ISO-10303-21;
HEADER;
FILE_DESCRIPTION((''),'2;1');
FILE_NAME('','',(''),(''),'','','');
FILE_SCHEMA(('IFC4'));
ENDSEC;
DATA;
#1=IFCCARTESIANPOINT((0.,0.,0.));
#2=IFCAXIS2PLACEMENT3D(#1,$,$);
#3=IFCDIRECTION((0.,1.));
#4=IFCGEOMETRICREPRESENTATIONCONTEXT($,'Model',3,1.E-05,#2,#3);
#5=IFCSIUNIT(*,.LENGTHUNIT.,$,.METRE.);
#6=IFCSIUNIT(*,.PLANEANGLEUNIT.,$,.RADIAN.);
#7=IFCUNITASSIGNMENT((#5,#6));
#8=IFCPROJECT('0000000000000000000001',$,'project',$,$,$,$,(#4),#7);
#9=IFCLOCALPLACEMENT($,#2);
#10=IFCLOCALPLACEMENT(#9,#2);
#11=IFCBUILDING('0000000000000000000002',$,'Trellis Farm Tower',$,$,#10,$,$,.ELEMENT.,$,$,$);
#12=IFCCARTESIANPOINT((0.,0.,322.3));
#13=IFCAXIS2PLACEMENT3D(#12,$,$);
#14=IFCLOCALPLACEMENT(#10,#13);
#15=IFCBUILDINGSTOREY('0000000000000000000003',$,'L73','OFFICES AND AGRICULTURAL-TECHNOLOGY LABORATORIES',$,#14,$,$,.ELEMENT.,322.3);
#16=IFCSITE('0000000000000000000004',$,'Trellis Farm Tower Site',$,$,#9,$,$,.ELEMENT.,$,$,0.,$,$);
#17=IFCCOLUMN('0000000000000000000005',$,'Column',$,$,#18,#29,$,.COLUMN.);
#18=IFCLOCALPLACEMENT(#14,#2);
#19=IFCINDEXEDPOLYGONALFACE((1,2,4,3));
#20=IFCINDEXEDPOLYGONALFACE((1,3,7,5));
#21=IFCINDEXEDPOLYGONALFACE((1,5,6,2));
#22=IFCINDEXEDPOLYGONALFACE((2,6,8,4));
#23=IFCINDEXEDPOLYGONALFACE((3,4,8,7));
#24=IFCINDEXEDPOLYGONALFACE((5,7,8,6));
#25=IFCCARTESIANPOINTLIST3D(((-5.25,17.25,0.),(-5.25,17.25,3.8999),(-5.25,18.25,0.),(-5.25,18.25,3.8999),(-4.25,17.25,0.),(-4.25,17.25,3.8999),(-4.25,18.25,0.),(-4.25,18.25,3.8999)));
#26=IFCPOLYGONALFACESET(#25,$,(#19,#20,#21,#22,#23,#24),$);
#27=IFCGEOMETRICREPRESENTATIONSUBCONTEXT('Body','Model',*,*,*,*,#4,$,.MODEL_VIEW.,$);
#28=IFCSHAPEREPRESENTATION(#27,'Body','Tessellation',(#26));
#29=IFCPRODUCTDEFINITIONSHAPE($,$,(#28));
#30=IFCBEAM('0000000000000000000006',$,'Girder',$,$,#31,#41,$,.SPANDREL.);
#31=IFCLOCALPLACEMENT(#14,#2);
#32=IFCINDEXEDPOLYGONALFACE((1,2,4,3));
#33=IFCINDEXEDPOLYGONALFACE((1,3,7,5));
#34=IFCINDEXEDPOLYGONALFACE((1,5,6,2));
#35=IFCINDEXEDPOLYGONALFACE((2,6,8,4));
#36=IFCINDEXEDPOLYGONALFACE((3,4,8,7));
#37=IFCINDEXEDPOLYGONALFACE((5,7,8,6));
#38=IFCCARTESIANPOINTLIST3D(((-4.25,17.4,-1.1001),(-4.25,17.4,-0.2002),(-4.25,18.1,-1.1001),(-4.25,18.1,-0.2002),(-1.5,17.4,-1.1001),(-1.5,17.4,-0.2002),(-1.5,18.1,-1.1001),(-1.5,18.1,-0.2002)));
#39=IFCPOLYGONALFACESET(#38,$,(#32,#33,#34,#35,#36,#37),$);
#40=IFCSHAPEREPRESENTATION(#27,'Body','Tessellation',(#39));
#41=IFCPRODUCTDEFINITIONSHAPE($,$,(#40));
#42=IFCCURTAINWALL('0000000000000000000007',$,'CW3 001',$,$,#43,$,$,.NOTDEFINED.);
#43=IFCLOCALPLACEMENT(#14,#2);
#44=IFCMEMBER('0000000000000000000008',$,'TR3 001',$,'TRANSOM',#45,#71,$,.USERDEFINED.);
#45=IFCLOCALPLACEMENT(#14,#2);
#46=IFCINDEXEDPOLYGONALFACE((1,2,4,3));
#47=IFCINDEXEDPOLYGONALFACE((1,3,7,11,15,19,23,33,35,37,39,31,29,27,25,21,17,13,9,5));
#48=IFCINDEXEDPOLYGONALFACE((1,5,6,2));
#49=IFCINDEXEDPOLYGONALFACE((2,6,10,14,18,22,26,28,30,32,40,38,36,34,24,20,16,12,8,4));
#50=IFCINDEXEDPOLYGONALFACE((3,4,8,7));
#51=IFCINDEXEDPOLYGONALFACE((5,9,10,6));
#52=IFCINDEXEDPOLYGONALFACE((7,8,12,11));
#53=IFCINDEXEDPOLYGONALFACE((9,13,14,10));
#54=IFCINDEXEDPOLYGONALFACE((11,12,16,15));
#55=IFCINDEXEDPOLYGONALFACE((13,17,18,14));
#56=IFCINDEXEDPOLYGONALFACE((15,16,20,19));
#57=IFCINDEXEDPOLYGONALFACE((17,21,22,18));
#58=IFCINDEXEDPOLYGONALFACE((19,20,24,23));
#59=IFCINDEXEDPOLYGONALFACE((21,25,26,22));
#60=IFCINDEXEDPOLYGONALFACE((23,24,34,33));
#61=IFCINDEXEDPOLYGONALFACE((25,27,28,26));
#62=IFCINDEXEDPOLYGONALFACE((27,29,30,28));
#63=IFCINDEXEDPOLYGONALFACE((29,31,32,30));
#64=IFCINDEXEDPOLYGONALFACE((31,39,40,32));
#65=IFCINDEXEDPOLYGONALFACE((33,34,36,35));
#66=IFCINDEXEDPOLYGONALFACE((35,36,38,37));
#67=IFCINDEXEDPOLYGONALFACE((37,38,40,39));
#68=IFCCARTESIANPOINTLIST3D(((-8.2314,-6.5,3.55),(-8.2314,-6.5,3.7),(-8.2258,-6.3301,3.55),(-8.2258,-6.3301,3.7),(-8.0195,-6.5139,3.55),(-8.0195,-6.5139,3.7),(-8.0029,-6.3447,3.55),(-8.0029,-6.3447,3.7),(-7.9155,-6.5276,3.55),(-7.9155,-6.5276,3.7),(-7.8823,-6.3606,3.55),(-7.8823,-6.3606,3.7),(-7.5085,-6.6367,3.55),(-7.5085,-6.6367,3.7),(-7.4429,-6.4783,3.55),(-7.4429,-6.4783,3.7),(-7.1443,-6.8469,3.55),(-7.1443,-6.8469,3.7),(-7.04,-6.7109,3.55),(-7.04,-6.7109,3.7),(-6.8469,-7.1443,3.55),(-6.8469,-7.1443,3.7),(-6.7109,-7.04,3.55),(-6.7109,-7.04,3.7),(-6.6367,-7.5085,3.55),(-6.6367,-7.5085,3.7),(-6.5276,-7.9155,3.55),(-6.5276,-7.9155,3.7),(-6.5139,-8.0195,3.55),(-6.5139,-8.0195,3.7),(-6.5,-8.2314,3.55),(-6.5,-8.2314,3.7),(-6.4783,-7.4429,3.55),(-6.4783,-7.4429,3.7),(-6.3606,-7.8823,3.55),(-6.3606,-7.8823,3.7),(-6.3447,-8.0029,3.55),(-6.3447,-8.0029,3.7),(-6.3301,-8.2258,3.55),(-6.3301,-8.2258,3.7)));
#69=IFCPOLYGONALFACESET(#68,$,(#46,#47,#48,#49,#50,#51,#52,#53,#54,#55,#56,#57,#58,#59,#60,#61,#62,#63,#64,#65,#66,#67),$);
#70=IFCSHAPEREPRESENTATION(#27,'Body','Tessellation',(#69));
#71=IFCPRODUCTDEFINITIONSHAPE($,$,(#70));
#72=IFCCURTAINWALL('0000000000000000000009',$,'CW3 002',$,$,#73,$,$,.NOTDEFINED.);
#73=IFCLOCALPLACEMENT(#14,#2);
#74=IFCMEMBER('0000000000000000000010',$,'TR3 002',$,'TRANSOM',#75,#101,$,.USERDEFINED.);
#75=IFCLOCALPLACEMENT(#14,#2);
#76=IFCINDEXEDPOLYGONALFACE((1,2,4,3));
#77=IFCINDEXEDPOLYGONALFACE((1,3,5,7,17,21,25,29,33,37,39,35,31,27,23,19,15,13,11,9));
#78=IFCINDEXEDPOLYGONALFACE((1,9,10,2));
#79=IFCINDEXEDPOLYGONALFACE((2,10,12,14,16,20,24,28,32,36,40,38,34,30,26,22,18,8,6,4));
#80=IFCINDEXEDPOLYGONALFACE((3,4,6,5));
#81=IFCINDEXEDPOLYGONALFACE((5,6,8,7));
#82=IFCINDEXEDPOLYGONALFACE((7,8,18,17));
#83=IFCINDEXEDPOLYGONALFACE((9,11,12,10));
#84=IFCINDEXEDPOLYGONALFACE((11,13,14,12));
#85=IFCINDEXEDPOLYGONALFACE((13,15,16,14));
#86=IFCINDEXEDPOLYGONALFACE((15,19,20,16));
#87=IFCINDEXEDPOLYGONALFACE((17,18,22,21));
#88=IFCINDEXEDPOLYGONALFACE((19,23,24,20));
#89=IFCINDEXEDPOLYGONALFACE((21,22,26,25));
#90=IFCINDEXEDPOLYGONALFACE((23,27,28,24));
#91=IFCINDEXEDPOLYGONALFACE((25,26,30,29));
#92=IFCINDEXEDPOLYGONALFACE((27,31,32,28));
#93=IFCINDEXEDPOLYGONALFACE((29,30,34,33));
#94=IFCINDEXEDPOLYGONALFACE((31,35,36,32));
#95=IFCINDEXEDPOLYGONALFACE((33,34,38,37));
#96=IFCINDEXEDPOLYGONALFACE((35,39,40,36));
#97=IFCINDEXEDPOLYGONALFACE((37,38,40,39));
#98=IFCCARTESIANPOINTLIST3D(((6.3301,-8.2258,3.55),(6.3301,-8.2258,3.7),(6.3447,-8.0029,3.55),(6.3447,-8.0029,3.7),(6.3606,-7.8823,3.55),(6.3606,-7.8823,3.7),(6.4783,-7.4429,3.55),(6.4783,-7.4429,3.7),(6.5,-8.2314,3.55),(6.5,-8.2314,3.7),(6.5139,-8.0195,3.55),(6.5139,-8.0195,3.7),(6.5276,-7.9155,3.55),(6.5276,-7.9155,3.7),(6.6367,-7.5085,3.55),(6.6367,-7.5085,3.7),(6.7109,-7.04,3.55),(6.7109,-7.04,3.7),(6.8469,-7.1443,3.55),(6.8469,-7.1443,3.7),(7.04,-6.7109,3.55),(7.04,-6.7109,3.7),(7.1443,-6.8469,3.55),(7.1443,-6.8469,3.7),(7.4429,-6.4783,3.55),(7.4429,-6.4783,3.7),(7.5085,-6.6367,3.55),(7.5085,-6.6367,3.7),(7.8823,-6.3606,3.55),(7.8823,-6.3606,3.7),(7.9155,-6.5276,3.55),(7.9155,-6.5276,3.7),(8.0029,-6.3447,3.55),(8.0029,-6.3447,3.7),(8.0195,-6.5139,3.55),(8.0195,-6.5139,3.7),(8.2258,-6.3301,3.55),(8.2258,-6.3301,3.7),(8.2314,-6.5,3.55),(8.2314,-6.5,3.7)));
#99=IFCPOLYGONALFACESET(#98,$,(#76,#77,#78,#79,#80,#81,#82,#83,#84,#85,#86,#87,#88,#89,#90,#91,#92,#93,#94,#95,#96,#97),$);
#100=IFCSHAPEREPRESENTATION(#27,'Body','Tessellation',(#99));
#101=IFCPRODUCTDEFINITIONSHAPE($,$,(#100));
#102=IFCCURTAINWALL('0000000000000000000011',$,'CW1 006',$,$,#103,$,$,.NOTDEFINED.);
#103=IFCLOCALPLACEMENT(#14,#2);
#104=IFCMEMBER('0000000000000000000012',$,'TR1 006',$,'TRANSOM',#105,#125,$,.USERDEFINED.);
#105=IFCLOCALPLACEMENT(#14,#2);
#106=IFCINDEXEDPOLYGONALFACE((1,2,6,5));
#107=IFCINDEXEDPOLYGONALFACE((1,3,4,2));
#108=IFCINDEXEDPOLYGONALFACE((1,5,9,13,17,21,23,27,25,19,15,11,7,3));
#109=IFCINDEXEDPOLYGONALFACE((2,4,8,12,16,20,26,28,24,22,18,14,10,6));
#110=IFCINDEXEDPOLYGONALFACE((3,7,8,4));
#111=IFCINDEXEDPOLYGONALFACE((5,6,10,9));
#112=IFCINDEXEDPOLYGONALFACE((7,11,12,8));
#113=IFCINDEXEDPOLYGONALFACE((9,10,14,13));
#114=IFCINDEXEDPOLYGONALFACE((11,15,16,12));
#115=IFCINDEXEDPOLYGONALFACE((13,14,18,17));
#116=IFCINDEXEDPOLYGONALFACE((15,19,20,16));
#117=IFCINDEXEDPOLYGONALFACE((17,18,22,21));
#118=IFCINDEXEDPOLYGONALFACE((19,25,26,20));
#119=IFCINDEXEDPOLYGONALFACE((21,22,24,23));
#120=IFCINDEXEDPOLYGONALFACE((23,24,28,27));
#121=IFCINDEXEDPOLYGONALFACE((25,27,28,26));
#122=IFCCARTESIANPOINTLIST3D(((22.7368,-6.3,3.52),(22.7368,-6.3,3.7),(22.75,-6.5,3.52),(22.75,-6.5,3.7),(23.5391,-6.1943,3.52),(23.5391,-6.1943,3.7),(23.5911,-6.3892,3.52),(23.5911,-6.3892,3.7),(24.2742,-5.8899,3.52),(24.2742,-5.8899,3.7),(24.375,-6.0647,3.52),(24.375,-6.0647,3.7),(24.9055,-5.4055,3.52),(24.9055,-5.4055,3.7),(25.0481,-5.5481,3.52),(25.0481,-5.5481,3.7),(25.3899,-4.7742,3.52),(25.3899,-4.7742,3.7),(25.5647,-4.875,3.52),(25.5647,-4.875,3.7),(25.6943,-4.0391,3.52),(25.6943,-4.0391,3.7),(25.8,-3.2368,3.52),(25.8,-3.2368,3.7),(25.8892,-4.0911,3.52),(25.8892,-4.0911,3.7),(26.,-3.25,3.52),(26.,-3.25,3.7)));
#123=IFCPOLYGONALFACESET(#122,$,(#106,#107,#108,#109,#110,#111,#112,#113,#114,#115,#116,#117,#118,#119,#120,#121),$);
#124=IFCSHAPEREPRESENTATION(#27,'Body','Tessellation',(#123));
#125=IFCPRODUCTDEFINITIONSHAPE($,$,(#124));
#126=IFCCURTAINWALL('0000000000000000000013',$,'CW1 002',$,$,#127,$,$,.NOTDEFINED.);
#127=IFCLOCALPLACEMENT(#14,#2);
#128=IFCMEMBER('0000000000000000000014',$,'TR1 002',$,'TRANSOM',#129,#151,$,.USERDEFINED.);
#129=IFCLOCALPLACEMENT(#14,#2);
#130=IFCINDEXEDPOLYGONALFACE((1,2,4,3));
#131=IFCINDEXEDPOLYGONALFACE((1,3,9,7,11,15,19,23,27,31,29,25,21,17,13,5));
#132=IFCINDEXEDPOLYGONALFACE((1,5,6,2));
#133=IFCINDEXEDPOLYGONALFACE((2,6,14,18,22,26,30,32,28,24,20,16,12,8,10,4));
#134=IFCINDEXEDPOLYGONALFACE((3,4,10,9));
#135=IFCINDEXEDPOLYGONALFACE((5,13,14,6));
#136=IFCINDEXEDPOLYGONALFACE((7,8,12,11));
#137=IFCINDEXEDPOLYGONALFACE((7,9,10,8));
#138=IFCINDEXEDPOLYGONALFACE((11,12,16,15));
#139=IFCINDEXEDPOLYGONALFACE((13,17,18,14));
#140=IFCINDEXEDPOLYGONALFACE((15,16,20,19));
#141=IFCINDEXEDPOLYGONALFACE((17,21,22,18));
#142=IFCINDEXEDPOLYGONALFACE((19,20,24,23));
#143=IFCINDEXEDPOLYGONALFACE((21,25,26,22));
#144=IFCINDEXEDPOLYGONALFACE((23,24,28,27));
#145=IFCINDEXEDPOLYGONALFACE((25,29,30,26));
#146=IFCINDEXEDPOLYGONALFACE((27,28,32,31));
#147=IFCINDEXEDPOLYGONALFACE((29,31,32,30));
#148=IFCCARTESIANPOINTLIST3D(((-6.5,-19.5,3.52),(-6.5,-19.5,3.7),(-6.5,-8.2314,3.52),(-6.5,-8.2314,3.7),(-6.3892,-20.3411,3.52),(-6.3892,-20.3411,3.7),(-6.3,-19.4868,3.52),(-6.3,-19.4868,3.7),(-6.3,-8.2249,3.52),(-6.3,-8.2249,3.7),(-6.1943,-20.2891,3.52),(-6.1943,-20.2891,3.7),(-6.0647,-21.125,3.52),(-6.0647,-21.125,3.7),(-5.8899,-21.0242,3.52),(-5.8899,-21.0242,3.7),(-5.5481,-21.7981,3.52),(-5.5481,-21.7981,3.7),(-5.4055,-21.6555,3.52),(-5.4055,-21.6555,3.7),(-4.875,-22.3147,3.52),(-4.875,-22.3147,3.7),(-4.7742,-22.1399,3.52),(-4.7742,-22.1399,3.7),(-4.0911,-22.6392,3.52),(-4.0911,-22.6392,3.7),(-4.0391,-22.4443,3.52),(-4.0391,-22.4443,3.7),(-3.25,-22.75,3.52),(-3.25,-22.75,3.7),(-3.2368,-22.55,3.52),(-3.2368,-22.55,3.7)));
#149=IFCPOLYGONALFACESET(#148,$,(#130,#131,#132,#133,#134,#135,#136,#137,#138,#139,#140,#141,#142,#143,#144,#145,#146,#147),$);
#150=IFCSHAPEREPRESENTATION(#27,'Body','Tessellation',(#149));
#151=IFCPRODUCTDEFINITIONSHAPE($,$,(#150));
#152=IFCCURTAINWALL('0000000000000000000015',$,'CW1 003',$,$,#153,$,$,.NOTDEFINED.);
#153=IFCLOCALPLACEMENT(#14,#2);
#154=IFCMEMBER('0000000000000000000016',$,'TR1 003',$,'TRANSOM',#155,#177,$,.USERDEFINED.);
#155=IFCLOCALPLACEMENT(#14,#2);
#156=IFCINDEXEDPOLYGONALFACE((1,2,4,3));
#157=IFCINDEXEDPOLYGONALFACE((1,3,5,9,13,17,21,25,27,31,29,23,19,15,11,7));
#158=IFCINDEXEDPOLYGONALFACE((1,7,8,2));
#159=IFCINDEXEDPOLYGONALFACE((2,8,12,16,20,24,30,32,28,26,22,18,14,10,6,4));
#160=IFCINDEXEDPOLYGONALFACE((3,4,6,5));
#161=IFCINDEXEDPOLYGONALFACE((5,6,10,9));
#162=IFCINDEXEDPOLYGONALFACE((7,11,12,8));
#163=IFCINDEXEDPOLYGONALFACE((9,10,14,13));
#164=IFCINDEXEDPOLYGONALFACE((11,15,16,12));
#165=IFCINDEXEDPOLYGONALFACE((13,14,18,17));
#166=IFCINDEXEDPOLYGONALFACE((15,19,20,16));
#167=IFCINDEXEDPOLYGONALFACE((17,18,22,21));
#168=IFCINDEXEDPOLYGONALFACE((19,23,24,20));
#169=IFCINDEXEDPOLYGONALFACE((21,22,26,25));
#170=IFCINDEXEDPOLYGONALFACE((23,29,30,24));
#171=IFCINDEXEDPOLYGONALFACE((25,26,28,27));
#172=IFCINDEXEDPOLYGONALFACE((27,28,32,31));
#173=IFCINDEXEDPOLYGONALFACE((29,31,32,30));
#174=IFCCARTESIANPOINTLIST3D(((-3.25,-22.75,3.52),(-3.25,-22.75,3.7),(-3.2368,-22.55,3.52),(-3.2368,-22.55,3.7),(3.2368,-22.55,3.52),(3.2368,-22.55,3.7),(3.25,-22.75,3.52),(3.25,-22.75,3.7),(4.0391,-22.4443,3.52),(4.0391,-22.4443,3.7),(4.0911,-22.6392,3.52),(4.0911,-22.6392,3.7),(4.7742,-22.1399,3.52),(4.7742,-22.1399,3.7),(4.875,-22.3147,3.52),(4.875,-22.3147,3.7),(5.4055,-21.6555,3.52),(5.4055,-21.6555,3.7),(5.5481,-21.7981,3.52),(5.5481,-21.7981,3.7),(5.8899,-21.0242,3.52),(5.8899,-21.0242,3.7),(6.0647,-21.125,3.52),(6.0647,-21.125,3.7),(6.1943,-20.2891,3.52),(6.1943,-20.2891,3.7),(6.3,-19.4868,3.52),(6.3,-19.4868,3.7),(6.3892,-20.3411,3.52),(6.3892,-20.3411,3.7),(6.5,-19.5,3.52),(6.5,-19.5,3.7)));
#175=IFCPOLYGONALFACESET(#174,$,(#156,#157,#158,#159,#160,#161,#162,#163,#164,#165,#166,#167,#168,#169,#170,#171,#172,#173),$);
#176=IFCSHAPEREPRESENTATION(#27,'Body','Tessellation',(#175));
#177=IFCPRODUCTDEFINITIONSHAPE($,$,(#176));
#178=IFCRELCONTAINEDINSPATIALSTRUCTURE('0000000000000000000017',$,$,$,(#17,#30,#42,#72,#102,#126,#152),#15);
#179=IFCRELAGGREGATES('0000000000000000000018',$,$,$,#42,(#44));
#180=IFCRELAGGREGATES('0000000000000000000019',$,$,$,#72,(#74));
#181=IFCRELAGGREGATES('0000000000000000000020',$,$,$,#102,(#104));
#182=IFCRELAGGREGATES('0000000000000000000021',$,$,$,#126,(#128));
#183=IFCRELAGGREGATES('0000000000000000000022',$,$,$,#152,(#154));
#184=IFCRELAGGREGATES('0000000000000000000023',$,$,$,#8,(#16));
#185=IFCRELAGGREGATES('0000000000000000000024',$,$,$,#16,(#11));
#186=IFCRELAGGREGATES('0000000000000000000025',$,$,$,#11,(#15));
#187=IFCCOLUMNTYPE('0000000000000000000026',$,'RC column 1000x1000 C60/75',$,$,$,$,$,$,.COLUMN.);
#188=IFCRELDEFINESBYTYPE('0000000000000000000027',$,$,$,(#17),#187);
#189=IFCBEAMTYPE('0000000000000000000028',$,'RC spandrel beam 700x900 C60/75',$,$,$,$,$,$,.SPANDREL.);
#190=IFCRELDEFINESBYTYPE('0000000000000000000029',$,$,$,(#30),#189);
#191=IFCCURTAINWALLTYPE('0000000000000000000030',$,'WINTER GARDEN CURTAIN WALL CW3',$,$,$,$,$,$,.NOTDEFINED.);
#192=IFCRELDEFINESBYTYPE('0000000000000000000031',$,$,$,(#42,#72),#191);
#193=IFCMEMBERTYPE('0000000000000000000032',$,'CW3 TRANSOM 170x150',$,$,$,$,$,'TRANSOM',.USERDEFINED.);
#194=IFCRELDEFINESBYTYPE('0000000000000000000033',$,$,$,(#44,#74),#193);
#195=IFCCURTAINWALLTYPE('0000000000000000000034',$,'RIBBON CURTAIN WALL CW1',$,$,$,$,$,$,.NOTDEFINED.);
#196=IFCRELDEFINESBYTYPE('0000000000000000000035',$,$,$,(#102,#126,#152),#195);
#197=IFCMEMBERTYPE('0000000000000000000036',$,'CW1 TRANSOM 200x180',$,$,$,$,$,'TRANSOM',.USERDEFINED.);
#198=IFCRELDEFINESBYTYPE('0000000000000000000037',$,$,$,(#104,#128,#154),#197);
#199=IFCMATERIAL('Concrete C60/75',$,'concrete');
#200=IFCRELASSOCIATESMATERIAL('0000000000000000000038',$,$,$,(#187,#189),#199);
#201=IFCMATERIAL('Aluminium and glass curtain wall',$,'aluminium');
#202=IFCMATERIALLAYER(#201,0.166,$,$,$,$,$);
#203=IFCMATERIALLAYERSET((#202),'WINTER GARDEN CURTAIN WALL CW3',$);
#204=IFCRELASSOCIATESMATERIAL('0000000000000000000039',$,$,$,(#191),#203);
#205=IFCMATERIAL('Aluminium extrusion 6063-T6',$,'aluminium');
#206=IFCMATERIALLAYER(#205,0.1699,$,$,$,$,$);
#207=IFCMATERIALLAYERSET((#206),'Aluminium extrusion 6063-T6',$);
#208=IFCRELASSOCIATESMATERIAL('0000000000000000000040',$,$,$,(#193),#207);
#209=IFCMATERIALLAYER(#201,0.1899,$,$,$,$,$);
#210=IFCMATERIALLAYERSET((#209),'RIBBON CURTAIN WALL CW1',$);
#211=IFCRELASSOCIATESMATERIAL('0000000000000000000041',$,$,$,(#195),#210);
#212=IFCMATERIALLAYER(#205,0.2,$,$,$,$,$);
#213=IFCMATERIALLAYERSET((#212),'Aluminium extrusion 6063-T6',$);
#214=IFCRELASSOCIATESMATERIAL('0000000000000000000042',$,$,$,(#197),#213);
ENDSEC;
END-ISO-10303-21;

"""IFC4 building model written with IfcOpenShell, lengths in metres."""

from ifc_helpers import new_model, si_unit, direction, frame, origin, origin_2d, place, context, subcontext, project, spatial, polyline, rectangle, outline, extrude, source, transform, mapped, material, layer, layer_set, material_profile, profile_set, type_object, element, aggregate, save


model = new_model("IFC4")

# Units and contexts
model_context = context("Model", 3, precision=1e-05, world=origin(), true_north=direction((0.0, 1.0)))
body_context = subcontext(model_context, "Body", "Model", "MODEL_VIEW")
ifc_project = project(units=[si_unit("LENGTHUNIT", "METRE"), si_unit("PLANEANGLEUNIT", "RADIAN")], contexts=[model_context])

# Site, building, storey
site_placement = place(None, origin())
site = spatial("IfcSite", under=ifc_project, at=site_placement, Name="Trellis Farm Tower Site", CompositionType="ELEMENT", RefElevation=0.0)
building_placement = place(site_placement, origin())
building = spatial("IfcBuilding", under=site, at=building_placement, Name="Trellis Farm Tower", CompositionType="ELEMENT")
storey_placement = place(building_placement, frame((0.0, 0.0, 322.3)))
storey = spatial("IfcBuildingStorey", under=building, at=storey_placement, Name="L73", Description="OFFICES AND AGRICULTURAL-TECHNOLOGY LABORATORIES", CompositionType="ELEMENT", Elevation=322.3)

# Column
ifc_material_1 = material(Name="Concrete C60/75", Category="concrete")
ifc_material_profile_1 = material_profile(ifc_material_1, rectangle(XDim=1.0, YDim=1.0, at=origin_2d()), Name="RC column 1000x1000 C60/75")
ifc_profile_set_1 = profile_set([ifc_material_profile_1], Name="Concrete C60/75")
column_type = type_object("IfcColumnType", Name="RC column 1000x1000 C60/75", PredefinedType="COLUMN", material=ifc_profile_set_1)
shared_shape_1 = source(origin(), body_context, "Body", "SweptSolid", [
    extrude(rectangle(XDim=1.0, YDim=1.0, at=origin_2d()), origin(), (0.0, 0.0, 1.0), 3.8999),
])
column_placement = place(storey_placement, frame((-4.75, 17.75, 0.0), z_axis=(0.0, 0.0, 1.0), x_axis=(1.0, 0.0, 0.0)))
element("IfcColumn", 1, at=column_placement, inside=storey, type_object=column_type, Name="Column", PredefinedType="COLUMN", context=body_context, shape_type="MappedRepresentation", body=[
    mapped(shared_shape_1, transform((0.0, 0.0, 0.0))),
])

# Beam
ifc_material_profile_2 = material_profile(ifc_material_1, rectangle(XDim=0.7, YDim=0.8999, at=origin_2d()), Name="RC spandrel beam 700x900 C60/75")
ifc_profile_set_2 = profile_set([ifc_material_profile_2], Name="Concrete C60/75")
beam_type = type_object("IfcBeamType", Name="RC spandrel beam 700x900 C60/75", PredefinedType="SPANDREL", material=ifc_profile_set_2)
shared_shape_2 = source(origin(), body_context, "Body", "SweptSolid", [
    extrude(rectangle(XDim=0.7, YDim=0.8999, at=origin_2d()), origin(), (0.0, 0.0, 1.0), 2.75),
])
beam_placement = place(storey_placement, frame((-4.25, 17.75, -0.6501), z_axis=(1.0, 0.0, 0.0), x_axis=(0.0, 1.0, 0.0)))
element("IfcBeam", 2, at=beam_placement, inside=storey, type_object=beam_type, Name="Girder", PredefinedType="SPANDREL", context=body_context, shape_type="MappedRepresentation", body=[
    mapped(shared_shape_2, transform((0.0, 0.0, 0.0))),
])

# Curtain walls, members
ifc_material_2 = material(Name="Aluminium and glass curtain wall", Category="aluminium")
ifc_layer_1 = layer(ifc_material_2, 0.166)
ifc_layer_set_1 = layer_set([ifc_layer_1], Name="WINTER GARDEN CURTAIN WALL CW3")
curtain_wall_type_1 = type_object("IfcCurtainWallType", Name="WINTER GARDEN CURTAIN WALL CW3", PredefinedType="NOTDEFINED", material=ifc_layer_set_1)
placement_1 = place(storey_placement, origin())
curtain_wall_1 = element("IfcCurtainWall", 3, at=placement_1, inside=storey, type_object=curtain_wall_type_1, Name="CW3 001", PredefinedType="NOTDEFINED")
ifc_material_3 = material(Name="Aluminium extrusion 6063-T6", Category="aluminium")
ifc_layer_2 = layer(ifc_material_3, 0.1699)
ifc_layer_set_2 = layer_set([ifc_layer_2], Name="Aluminium extrusion 6063-T6")
member_type_1 = type_object("IfcMemberType", Name="CW3 TRANSOM 170x150", ElementType="TRANSOM", PredefinedType="USERDEFINED", material=ifc_layer_set_2)
shared_shape_3 = source(origin(), body_context, "Body", "SweptSolid", [
    extrude(outline(polyline([(-8.2314, -6.5), (-8.0195, -6.5139), (-7.9155, -6.5276), (-7.5085, -6.6367), (-7.1443, -6.8469), (-6.8469, -7.1443), (-6.6367, -7.5085), (-6.5276, -7.9155), (-6.5139, -8.0195), (-6.5, -8.2314), (-6.3301, -8.2258), (-6.3447, -8.0029), (-6.3606, -7.8823), (-6.4783, -7.4429), (-6.7109, -7.04), (-7.04, -6.7109), (-7.4429, -6.4783), (-7.8823, -6.3606), (-8.0029, -6.3447), (-8.2258, -6.3301), (-8.2314, -6.5)])), origin(), (0.0, 0.0, 1.0), 0.1499),
])
placement_2 = place(storey_placement, frame((0.0, 0.0, 3.55)))
member_1 = element("IfcMember", 4, at=placement_2, type_object=member_type_1, Name="TR3 001", ObjectType="TRANSOM", PredefinedType="USERDEFINED", context=body_context, shape_type="MappedRepresentation", body=[
    mapped(shared_shape_3, transform((0.0, 0.0, 0.0))),
])
aggregate(curtain_wall_1, [member_1])
curtain_wall_2 = element("IfcCurtainWall", 5, at=placement_1, inside=storey, type_object=curtain_wall_type_1, Name="CW3 002", PredefinedType="NOTDEFINED")
shared_shape_4 = source(origin(), body_context, "Body", "SweptSolid", [
    extrude(outline(polyline([(6.5, -8.2314), (6.5139, -8.0195), (6.5276, -7.9155), (6.6367, -7.5085), (6.8469, -7.1443), (7.1443, -6.8469), (7.5085, -6.6367), (7.9155, -6.5276), (8.0195, -6.5139), (8.2314, -6.5), (8.2258, -6.3301), (8.0029, -6.3447), (7.8823, -6.3606), (7.4429, -6.4783), (7.04, -6.7109), (6.7109, -7.04), (6.4783, -7.4429), (6.3606, -7.8823), (6.3447, -8.0029), (6.3301, -8.2258), (6.5, -8.2314)])), origin(), (0.0, 0.0, 1.0), 0.1499),
])
member_2 = element("IfcMember", 6, at=placement_2, type_object=member_type_1, Name="TR3 002", ObjectType="TRANSOM", PredefinedType="USERDEFINED", context=body_context, shape_type="MappedRepresentation", body=[
    mapped(shared_shape_4, transform((0.0, 0.0, 0.0))),
])
ifc_layer_3 = layer(ifc_material_2, 0.1899)
ifc_layer_set_3 = layer_set([ifc_layer_3], Name="RIBBON CURTAIN WALL CW1")
curtain_wall_type_2 = type_object("IfcCurtainWallType", Name="RIBBON CURTAIN WALL CW1", PredefinedType="NOTDEFINED", material=ifc_layer_set_3)
curtain_wall_3 = element("IfcCurtainWall", 7, at=placement_1, inside=storey, type_object=curtain_wall_type_2, Name="CW1 006", PredefinedType="NOTDEFINED")
ifc_layer_4 = layer(ifc_material_3, 0.2)
ifc_layer_set_4 = layer_set([ifc_layer_4], Name="Aluminium extrusion 6063-T6")
member_type_2 = type_object("IfcMemberType", Name="CW1 TRANSOM 200x180", ElementType="TRANSOM", PredefinedType="USERDEFINED", material=ifc_layer_set_4)
shared_shape_5 = source(origin(), body_context, "Body", "SweptSolid", [
    extrude(outline(polyline([(22.75, -6.5), (23.5911, -6.3892), (24.375, -6.0647), (25.0481, -5.5481), (25.5647, -4.875), (25.8892, -4.0911), (26.0, -3.25), (25.8, -3.2368), (25.6943, -4.0391), (25.3899, -4.7742), (24.9055, -5.4055), (24.2742, -5.8899), (23.5391, -6.1943), (22.7368, -6.3), (22.75, -6.5)])), origin(), (0.0, 0.0, 1.0), 0.1799),
])
placement_3 = place(storey_placement, frame((0.0, 0.0, 3.52)))
member_3 = element("IfcMember", 8, at=placement_3, type_object=member_type_2, Name="TR1 006", ObjectType="TRANSOM", PredefinedType="USERDEFINED", context=body_context, shape_type="MappedRepresentation", body=[
    mapped(shared_shape_5, transform((0.0, 0.0, 0.0))),
])
curtain_wall_4 = element("IfcCurtainWall", 9, at=placement_1, inside=storey, type_object=curtain_wall_type_2, Name="CW1 002", PredefinedType="NOTDEFINED")
shared_shape_6 = source(origin(), body_context, "Body", "SweptSolid", [
    extrude(outline(polyline([(-6.5, -8.2314), (-6.5, -19.5), (-6.3892, -20.3411), (-6.0647, -21.125), (-5.5481, -21.7981), (-4.875, -22.3147), (-4.0911, -22.6392), (-3.25, -22.75), (-3.2368, -22.55), (-4.0391, -22.4443), (-4.7742, -22.1399), (-5.4055, -21.6555), (-5.8899, -21.0242), (-6.1943, -20.2891), (-6.3, -19.4868), (-6.3, -8.2249), (-6.5, -8.2314)])), origin(), (0.0, 0.0, 1.0), 0.1799),
])
member_4 = element("IfcMember", 10, at=placement_3, type_object=member_type_2, Name="TR1 002", ObjectType="TRANSOM", PredefinedType="USERDEFINED", context=body_context, shape_type="MappedRepresentation", body=[
    mapped(shared_shape_6, transform((0.0, 0.0, 0.0))),
])
curtain_wall_5 = element("IfcCurtainWall", 11, at=placement_1, inside=storey, type_object=curtain_wall_type_2, Name="CW1 003", PredefinedType="NOTDEFINED")
shared_shape_7 = source(origin(), body_context, "Body", "SweptSolid", [
    extrude(outline(polyline([(-3.25, -22.75), (3.25, -22.75), (4.0911, -22.6392), (4.875, -22.3147), (5.5481, -21.7981), (6.0647, -21.125), (6.3892, -20.3411), (6.5, -19.5), (6.3, -19.4868), (6.1943, -20.2891), (5.8899, -21.0242), (5.4055, -21.6555), (4.7742, -22.1399), (4.0391, -22.4443), (3.2368, -22.55), (-3.2368, -22.55), (-3.25, -22.75)])), origin(), (0.0, 0.0, 1.0), 0.1799),
])
member_5 = element("IfcMember", 12, at=placement_3, type_object=member_type_2, Name="TR1 003", ObjectType="TRANSOM", PredefinedType="USERDEFINED", context=body_context, shape_type="MappedRepresentation", body=[
    mapped(shared_shape_7, transform((0.0, 0.0, 0.0))),
])

aggregate(curtain_wall_2, [member_2])
aggregate(curtain_wall_3, [member_3])
aggregate(curtain_wall_4, [member_4])
aggregate(curtain_wall_5, [member_5])

save(model, "model.ifc")
